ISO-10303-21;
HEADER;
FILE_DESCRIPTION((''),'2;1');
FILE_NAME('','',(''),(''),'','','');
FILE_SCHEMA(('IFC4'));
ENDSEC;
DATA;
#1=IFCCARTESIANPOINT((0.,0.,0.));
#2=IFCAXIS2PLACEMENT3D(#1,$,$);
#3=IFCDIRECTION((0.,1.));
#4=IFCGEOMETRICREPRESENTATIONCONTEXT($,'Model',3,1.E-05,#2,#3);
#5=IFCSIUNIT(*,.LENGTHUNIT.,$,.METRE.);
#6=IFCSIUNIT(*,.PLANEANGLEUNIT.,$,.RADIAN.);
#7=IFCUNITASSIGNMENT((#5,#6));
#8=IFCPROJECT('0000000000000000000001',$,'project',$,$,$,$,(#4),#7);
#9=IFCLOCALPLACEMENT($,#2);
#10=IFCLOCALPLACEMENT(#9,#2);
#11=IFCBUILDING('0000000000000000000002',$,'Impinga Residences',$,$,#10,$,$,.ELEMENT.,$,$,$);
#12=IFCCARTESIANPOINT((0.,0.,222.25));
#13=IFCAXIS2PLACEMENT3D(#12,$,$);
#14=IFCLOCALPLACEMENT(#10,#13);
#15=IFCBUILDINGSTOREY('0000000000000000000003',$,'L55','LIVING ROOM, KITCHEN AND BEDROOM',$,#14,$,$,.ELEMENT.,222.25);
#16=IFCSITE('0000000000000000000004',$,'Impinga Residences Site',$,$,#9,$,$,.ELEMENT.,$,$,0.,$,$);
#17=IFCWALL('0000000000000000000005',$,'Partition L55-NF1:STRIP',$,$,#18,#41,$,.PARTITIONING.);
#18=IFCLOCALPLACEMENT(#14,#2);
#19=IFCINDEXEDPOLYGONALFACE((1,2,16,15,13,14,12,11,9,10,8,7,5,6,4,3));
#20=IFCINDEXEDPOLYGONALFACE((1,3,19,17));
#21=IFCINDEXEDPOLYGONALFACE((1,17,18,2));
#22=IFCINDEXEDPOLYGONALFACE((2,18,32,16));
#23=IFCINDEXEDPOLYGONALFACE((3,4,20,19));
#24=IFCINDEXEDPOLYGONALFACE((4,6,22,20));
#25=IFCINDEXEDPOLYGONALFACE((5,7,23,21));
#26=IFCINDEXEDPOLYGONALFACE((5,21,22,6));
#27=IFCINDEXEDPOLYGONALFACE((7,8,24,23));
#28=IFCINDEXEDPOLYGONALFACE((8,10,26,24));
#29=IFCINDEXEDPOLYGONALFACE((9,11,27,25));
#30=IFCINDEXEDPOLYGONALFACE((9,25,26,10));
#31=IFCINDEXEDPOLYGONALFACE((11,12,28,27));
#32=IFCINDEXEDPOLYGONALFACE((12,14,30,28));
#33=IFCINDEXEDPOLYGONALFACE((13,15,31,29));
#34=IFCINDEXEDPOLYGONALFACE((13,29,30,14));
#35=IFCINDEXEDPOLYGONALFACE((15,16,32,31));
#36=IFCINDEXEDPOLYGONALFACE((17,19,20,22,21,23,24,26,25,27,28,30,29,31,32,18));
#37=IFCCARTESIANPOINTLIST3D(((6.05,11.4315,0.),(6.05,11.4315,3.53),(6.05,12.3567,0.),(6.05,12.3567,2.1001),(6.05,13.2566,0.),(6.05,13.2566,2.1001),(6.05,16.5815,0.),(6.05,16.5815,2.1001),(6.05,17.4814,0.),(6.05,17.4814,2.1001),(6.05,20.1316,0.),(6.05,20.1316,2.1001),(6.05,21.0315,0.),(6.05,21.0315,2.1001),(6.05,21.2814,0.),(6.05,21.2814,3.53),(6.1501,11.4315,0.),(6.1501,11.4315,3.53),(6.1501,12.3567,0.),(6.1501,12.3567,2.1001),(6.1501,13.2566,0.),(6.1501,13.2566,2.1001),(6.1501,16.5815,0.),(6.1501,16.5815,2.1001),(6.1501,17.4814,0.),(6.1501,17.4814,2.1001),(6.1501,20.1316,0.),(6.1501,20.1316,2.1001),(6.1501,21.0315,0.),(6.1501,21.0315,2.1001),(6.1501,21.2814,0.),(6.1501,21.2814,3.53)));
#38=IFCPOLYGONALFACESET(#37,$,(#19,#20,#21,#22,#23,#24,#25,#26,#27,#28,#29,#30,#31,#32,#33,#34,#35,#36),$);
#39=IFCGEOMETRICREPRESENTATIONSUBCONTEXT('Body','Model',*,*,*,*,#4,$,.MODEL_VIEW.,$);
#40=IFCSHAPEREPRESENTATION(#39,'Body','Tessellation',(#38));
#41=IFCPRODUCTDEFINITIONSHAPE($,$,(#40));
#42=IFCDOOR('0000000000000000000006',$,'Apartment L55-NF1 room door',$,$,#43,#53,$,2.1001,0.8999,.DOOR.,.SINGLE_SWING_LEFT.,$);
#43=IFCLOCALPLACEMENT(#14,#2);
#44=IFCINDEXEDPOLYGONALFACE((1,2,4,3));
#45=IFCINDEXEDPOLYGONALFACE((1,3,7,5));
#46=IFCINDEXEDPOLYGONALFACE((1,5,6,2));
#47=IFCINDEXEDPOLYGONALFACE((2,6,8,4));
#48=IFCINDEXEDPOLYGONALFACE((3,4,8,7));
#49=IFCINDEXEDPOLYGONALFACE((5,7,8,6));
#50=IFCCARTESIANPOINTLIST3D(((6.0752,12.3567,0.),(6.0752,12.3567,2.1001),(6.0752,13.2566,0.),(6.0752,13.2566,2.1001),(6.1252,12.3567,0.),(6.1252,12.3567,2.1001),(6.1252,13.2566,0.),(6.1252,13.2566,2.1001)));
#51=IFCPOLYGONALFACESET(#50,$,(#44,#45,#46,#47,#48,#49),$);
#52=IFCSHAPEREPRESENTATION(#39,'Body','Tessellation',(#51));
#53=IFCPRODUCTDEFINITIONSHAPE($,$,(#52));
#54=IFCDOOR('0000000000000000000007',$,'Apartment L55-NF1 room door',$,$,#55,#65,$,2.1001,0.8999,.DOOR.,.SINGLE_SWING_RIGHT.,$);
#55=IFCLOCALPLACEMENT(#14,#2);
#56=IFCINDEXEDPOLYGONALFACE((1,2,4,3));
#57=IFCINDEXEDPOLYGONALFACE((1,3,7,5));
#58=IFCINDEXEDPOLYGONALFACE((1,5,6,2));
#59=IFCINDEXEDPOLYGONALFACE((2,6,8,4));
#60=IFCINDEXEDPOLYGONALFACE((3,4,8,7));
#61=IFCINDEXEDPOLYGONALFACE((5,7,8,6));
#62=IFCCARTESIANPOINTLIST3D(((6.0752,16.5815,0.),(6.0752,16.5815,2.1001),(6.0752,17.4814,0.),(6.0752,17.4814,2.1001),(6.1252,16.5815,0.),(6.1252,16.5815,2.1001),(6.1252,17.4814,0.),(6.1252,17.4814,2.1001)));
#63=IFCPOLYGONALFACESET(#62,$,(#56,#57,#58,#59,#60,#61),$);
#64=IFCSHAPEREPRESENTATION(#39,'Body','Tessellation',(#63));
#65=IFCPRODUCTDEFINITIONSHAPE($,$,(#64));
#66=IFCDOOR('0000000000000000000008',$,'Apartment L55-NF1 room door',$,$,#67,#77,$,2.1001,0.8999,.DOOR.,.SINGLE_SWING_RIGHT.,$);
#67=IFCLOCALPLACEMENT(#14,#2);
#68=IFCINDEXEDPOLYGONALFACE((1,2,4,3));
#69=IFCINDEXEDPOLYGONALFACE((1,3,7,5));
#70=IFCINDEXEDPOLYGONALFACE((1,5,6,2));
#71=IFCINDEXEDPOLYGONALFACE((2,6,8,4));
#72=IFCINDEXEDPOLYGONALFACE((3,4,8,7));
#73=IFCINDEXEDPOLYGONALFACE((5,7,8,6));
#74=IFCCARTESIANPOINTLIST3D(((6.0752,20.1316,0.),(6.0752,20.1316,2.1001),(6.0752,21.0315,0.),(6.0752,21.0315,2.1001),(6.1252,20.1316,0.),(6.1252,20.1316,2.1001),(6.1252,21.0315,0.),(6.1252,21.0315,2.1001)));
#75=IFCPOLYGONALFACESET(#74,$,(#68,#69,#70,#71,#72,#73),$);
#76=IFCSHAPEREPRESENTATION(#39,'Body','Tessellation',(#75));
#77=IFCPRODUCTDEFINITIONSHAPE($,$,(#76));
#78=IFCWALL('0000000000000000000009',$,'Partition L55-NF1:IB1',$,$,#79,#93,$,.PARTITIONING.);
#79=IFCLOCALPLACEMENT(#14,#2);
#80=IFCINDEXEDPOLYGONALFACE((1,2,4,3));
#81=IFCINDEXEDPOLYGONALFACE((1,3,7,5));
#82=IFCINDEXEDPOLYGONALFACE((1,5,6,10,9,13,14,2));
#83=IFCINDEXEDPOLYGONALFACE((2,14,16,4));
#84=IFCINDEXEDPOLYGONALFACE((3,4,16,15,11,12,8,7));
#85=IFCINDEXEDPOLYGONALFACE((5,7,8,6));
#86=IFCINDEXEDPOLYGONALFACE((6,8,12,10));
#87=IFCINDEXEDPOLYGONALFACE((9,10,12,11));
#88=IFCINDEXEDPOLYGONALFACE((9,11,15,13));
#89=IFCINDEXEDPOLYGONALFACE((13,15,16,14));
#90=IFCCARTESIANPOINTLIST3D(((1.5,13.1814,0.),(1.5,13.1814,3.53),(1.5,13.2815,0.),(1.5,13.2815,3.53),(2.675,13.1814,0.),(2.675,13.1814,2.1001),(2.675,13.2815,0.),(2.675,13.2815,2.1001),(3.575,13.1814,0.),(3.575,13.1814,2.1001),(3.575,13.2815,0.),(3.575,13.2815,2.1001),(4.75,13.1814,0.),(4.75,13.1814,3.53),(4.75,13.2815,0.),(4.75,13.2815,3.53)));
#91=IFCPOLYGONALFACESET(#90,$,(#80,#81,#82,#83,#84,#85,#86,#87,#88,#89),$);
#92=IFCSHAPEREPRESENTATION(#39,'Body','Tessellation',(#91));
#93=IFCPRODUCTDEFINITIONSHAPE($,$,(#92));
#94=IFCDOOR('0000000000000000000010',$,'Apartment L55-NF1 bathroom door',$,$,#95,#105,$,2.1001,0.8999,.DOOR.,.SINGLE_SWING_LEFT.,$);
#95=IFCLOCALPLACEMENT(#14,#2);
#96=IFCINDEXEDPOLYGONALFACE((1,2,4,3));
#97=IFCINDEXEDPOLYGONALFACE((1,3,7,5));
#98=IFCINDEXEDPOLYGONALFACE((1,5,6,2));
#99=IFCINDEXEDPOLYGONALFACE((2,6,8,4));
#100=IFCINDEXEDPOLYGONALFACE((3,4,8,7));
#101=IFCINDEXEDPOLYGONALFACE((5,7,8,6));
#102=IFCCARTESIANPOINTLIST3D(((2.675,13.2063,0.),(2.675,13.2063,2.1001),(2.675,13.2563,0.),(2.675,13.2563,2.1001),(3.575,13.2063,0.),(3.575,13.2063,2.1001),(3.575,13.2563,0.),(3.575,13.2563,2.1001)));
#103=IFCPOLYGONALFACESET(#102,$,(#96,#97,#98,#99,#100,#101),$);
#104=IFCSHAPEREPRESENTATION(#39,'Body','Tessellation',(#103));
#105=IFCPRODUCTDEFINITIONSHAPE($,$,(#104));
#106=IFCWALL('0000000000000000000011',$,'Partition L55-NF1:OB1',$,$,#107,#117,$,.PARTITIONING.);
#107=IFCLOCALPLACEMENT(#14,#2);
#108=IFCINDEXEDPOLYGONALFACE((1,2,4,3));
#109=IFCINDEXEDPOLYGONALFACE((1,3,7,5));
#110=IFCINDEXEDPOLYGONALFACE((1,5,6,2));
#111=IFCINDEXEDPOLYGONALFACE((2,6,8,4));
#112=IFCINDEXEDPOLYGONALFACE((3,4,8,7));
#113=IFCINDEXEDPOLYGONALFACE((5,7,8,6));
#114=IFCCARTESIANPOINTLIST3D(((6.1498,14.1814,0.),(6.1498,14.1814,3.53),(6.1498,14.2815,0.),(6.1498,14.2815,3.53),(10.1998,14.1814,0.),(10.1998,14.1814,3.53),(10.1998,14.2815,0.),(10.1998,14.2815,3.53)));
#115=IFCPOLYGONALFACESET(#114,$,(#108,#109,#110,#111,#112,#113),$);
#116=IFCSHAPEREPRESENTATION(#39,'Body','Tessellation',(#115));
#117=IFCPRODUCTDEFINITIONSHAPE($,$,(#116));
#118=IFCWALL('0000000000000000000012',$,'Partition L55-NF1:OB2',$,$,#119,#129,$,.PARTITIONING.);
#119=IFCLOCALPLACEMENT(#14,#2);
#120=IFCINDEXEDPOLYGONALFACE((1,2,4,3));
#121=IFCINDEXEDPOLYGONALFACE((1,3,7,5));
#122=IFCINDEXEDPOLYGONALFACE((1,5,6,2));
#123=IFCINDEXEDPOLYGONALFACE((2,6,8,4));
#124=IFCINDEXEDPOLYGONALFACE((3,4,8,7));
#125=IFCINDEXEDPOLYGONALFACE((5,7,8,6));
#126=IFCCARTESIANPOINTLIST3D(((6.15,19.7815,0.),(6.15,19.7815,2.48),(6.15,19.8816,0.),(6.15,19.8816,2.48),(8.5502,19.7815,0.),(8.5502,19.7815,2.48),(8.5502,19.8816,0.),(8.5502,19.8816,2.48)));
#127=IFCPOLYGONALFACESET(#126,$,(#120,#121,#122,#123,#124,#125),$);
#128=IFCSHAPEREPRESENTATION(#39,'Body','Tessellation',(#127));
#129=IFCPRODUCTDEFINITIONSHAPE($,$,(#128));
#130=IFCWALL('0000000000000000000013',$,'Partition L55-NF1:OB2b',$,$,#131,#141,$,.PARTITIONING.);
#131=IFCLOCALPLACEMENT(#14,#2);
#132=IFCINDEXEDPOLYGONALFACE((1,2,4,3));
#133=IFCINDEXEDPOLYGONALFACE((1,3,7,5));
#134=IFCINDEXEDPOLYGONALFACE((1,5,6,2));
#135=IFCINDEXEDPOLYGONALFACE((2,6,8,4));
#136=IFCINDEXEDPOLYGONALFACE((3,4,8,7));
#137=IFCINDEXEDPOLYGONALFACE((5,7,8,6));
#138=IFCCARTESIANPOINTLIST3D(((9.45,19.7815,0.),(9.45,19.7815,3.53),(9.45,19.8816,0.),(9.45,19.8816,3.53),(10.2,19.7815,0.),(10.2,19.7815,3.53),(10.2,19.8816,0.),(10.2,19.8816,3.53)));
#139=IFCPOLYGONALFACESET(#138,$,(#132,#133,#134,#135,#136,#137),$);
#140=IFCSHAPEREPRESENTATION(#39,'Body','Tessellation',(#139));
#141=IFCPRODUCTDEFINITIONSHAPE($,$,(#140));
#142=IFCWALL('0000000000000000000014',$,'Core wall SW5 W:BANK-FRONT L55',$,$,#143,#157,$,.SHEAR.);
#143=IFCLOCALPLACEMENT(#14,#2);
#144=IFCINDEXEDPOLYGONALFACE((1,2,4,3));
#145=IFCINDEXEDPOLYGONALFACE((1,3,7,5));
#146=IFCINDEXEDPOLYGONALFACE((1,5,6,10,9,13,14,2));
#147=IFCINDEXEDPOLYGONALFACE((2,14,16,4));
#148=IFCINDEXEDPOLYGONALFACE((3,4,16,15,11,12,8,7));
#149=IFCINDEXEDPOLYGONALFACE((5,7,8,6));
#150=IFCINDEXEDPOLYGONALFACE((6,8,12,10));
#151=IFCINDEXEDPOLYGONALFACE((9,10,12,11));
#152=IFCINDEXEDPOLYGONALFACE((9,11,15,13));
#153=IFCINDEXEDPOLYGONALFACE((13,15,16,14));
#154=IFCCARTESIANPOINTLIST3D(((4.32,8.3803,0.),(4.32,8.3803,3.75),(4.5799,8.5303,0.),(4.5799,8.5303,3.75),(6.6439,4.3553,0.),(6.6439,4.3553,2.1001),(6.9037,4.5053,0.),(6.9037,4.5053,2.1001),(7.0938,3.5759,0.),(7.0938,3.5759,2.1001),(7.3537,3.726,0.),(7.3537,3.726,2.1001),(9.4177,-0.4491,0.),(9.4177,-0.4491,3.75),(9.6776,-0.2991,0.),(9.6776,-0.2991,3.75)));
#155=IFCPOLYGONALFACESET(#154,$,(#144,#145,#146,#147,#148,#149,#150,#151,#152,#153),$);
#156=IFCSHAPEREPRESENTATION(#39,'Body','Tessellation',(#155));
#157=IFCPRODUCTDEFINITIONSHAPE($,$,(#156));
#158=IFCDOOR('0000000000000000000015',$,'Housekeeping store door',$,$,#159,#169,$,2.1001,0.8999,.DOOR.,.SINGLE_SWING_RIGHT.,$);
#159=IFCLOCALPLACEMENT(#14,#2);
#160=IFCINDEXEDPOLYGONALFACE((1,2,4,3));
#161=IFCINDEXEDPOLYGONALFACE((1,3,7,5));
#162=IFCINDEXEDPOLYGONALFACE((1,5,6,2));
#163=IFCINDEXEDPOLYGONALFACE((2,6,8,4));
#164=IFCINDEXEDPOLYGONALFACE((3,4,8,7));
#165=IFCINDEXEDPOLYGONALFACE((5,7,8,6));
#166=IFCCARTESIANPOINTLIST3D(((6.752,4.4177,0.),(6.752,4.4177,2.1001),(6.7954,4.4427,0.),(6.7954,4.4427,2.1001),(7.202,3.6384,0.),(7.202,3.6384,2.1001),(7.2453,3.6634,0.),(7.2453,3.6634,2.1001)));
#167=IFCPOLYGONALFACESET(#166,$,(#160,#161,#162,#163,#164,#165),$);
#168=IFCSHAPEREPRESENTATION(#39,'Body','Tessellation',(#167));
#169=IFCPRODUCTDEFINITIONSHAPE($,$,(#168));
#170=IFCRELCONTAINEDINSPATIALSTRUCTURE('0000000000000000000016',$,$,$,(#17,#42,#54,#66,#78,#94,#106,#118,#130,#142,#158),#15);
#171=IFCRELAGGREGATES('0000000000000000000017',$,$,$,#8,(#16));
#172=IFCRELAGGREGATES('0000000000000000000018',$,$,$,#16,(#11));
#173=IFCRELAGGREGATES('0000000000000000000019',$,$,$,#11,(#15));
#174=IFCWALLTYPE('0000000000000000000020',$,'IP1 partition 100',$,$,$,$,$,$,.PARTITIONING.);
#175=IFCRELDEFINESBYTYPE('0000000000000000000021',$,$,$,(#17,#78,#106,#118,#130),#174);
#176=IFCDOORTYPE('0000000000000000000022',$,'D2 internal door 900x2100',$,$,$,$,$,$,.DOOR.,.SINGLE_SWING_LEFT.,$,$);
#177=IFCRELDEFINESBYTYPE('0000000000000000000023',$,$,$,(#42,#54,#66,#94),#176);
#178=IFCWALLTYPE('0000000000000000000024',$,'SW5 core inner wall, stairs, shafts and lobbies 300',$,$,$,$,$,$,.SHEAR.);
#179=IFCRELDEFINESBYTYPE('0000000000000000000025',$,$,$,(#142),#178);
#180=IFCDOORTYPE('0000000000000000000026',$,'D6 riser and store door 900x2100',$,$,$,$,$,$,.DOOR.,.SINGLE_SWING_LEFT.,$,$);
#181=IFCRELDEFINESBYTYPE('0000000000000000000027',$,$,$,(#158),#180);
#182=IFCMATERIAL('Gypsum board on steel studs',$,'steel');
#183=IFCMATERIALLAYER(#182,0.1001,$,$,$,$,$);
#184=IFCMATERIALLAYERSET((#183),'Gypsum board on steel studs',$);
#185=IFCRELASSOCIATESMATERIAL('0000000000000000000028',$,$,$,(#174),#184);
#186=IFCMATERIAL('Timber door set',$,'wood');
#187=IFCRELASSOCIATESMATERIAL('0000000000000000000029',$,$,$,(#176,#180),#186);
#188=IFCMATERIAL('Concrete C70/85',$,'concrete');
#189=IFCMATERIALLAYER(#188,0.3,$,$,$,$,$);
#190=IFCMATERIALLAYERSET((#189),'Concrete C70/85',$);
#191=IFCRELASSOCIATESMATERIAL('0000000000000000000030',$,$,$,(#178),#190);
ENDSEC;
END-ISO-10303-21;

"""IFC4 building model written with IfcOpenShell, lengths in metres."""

from ifc_helpers import new_model, si_unit, direction, frame, frame_2d, origin, place, context, subcontext, project, spatial, rectangle, extrude, material, layer, layer_set, type_object, element, fill, save


model = new_model("IFC4")

# Units and contexts
model_context = context("Model", 3, precision=1e-05, world=origin(), true_north=direction((0.0, 1.0)))
body_context = subcontext(model_context, "Body", "Model", "MODEL_VIEW")
ifc_project = project(units=[si_unit("LENGTHUNIT", "METRE"), si_unit("PLANEANGLEUNIT", "RADIAN")], contexts=[model_context])

# Site, building, storey
site_placement = place(None, origin())
site = spatial("IfcSite", under=ifc_project, at=site_placement, Name="Impinga Residences Site", CompositionType="ELEMENT", RefElevation=0.0)
building_placement = place(site_placement, origin())
building = spatial("IfcBuilding", under=site, at=building_placement, Name="Impinga Residences", CompositionType="ELEMENT")
storey_placement = place(building_placement, frame((0.0, 0.0, 222.25)))
storey = spatial("IfcBuildingStorey", under=building, at=storey_placement, Name="L55", Description="LIVING ROOM, KITCHEN AND BEDROOM", CompositionType="ELEMENT", Elevation=222.25)

# Shared definitions
ifc_material_1 = material(Name="Timber door set", Category="wood")

# Shared definitions
ifc_material_2 = material(Name="Gypsum board on steel studs", Category="steel")
ifc_layer_1 = layer(ifc_material_2, 0.1001)
ifc_layer_set_1 = layer_set([ifc_layer_1], Name="Gypsum board on steel studs")
wall_type_1 = type_object("IfcWallType", Name="IP1 partition 100", PredefinedType="PARTITIONING", material=ifc_layer_set_1)

# Wall, openings, doors
wall_1_placement = place(storey_placement, frame((6.1001, 11.4316, 0.0), z_axis=(0.0, 0.0, 1.0), x_axis=(0.0, 1.0, 0.0)))
wall_1 = element("IfcWall", 1, at=wall_1_placement, inside=storey, type_object=wall_type_1, Name="Partition L55-NF1:STRIP", PredefinedType="PARTITIONING", context=body_context, shape_type="SweptSolid", body=[
    extrude(rectangle(XDim=9.8499, YDim=0.1001, at=frame_2d((4.9248, 0.0))), origin(), (0.0, 0.0, 1.0), 3.53),
])
opening_1_placement = place(wall_1_placement, frame((0.925, 0.0, 0.0)))
opening_1 = element("IfcOpeningElement", 2, at=opening_1_placement, cuts=wall_1, PredefinedType="OPENING", context=body_context, shape_type="SweptSolid", body=[
    extrude(rectangle(XDim=0.8999, YDim=2.1001, at=frame_2d((0.45, 1.05))), frame((0.0, 0.0601, 0.0), z_axis=(0.0, -1.0, 0.0), x_axis=(1.0, 0.0, 0.0)), (0.0, 0.0, 1.0), 0.1201),
])
opening_2_placement = place(wall_1_placement, frame((5.1499, 0.0, 0.0)))
opening_2 = element("IfcOpeningElement", 3, at=opening_2_placement, cuts=wall_1, PredefinedType="OPENING", context=body_context, shape_type="SweptSolid", body=[
    extrude(rectangle(XDim=0.8999, YDim=2.1001, at=frame_2d((0.45, 1.05))), frame((0.0, 0.0601, 0.0), z_axis=(0.0, -1.0, 0.0), x_axis=(1.0, 0.0, 0.0)), (0.0, 0.0, 1.0), 0.1201),
])
opening_3_placement = place(wall_1_placement, frame((8.7, 0.0, 0.0)))
opening_3 = element("IfcOpeningElement", 4, at=opening_3_placement, cuts=wall_1, PredefinedType="OPENING", context=body_context, shape_type="SweptSolid", body=[
    extrude(rectangle(XDim=0.8999, YDim=2.1001, at=frame_2d((0.45, 1.05))), frame((0.0, 0.0601, 0.0), z_axis=(0.0, -1.0, 0.0), x_axis=(1.0, 0.0, 0.0)), (0.0, 0.0, 1.0), 0.1201),
])
door_type_1 = type_object("IfcDoorType", Name="D2 internal door 900x2100", OperationType="SINGLE_SWING_LEFT", PredefinedType="DOOR", material=ifc_material_1)
door_1_placement = place(opening_1_placement, origin())
door_1 = element("IfcDoor", 5, at=door_1_placement, inside=storey, type_object=door_type_1, Name="Apartment L55-NF1 room door", OperationType="SINGLE_SWING_LEFT", OverallHeight=2.1001, OverallWidth=0.8999, PredefinedType="DOOR", context=body_context, shape_type="SweptSolid", body=[
    extrude(rectangle(XDim=0.8999, YDim=2.1001, at=frame_2d((0.45, 1.05))), frame((0.0, 0.0249, 0.0), z_axis=(0.0, -1.0, 0.0), x_axis=(1.0, 0.0, 0.0)), (0.0, 0.0, 1.0), 0.05),
])
fill(opening_1, door_1)
door_2_placement = place(opening_2_placement, origin())
door_2 = element("IfcDoor", 6, at=door_2_placement, inside=storey, type_object=door_type_1, Name="Apartment L55-NF1 room door", OperationType="SINGLE_SWING_RIGHT", OverallHeight=2.1001, OverallWidth=0.8999, PredefinedType="DOOR", context=body_context, shape_type="SweptSolid", body=[
    extrude(rectangle(XDim=0.8999, YDim=2.1001, at=frame_2d((0.45, 1.05))), frame((0.0, 0.0249, 0.0), z_axis=(0.0, -1.0, 0.0), x_axis=(1.0, 0.0, 0.0)), (0.0, 0.0, 1.0), 0.05),
])
fill(opening_2, door_2)
door_3_placement = place(opening_3_placement, origin())
door_3 = element("IfcDoor", 7, at=door_3_placement, inside=storey, type_object=door_type_1, Name="Apartment L55-NF1 room door", OperationType="SINGLE_SWING_RIGHT", OverallHeight=2.1001, OverallWidth=0.8999, PredefinedType="DOOR", context=body_context, shape_type="SweptSolid", body=[
    extrude(rectangle(XDim=0.8999, YDim=2.1001, at=frame_2d((0.45, 1.05))), frame((0.0, 0.0249, 0.0), z_axis=(0.0, -1.0, 0.0), x_axis=(1.0, 0.0, 0.0)), (0.0, 0.0, 1.0), 0.05),
])
fill(opening_3, door_3)

# Wall, opening, door
wall_2_placement = place(storey_placement, frame((1.5, 13.2314, 0.0), z_axis=(0.0, 0.0, 1.0), x_axis=(1.0, 0.0, 0.0)))
wall_2 = element("IfcWall", 8, at=wall_2_placement, inside=storey, type_object=wall_type_1, Name="Partition L55-NF1:IB1", PredefinedType="PARTITIONING", context=body_context, shape_type="SweptSolid", body=[
    extrude(rectangle(XDim=3.25, YDim=0.1001, at=frame_2d((1.625, 0.0))), origin(), (0.0, 0.0, 1.0), 3.53),
])
opening_4_placement = place(wall_2_placement, frame((1.175, 0.0, 0.0)))
opening_4 = element("IfcOpeningElement", 9, at=opening_4_placement, cuts=wall_2, PredefinedType="OPENING", context=body_context, shape_type="SweptSolid", body=[
    extrude(rectangle(XDim=0.8999, YDim=2.1001, at=frame_2d((0.45, 1.05))), frame((0.0, 0.0601, 0.0), z_axis=(0.0, -1.0, 0.0), x_axis=(1.0, 0.0, 0.0)), (0.0, 0.0, 1.0), 0.1201),
])
door_4_placement = place(opening_4_placement, origin())
door_4 = element("IfcDoor", 10, at=door_4_placement, inside=storey, type_object=door_type_1, Name="Apartment L55-NF1 bathroom door", OperationType="SINGLE_SWING_LEFT", OverallHeight=2.1001, OverallWidth=0.8999, PredefinedType="DOOR", context=body_context, shape_type="SweptSolid", body=[
    extrude(rectangle(XDim=0.8999, YDim=2.1001, at=frame_2d((0.45, 1.05))), frame((0.0, 0.0249, 0.0), z_axis=(0.0, -1.0, 0.0), x_axis=(1.0, 0.0, 0.0)), (0.0, 0.0, 1.0), 0.05),
])
fill(opening_4, door_4)

# Walls
wall_3_placement = place(storey_placement, frame((6.1499, 14.2314, 0.0), z_axis=(0.0, 0.0, 1.0), x_axis=(1.0, 0.0, 0.0)))
element("IfcWall", 11, at=wall_3_placement, inside=storey, type_object=wall_type_1, Name="Partition L55-NF1:OB1", PredefinedType="PARTITIONING", context=body_context, shape_type="SweptSolid", body=[
    extrude(rectangle(XDim=4.05, YDim=0.1001, at=frame_2d((2.0249, 0.0))), origin(), (0.0, 0.0, 1.0), 3.53),
])
wall_4_placement = place(storey_placement, frame((6.1499, 19.8315, 0.0), z_axis=(0.0, 0.0, 1.0), x_axis=(1.0, 0.0, 0.0)))
element("IfcWall", 12, at=wall_4_placement, inside=storey, type_object=wall_type_1, Name="Partition L55-NF1:OB2", PredefinedType="PARTITIONING", context=body_context, shape_type="SweptSolid", body=[
    extrude(rectangle(XDim=2.4001, YDim=0.1001, at=frame_2d((1.2002, 0.0))), origin(), (0.0, 0.0, 1.0), 2.48),
])
wall_5_placement = place(storey_placement, frame((9.45, 19.8315, 0.0), z_axis=(0.0, 0.0, 1.0), x_axis=(1.0, 0.0, 0.0)))
element("IfcWall", 13, at=wall_5_placement, inside=storey, type_object=wall_type_1, Name="Partition L55-NF1:OB2b", PredefinedType="PARTITIONING", context=body_context, shape_type="SweptSolid", body=[
    extrude(rectangle(XDim=0.75, YDim=0.1001, at=frame_2d((0.375, 0.0))), origin(), (0.0, 0.0, 1.0), 3.53),
])

# Wall, opening, door
ifc_material_3 = material(Name="Concrete C70/85", Category="concrete")
ifc_layer_2 = layer(ifc_material_3, 0.3)
ifc_layer_set_2 = layer_set([ifc_layer_2], Name="Concrete C70/85")
wall_type_2 = type_object("IfcWallType", Name="SW5 core inner wall, stairs, shafts and lobbies 300", PredefinedType="SHEAR", material=ifc_layer_set_2)
wall_6_placement = place(storey_placement, frame((4.45, 8.4553, 0.0), z_axis=(0.0, 0.0, 1.0), x_axis=(0.500002, -0.866024, 0.0)))
wall_6 = element("IfcWall", 14, at=wall_6_placement, inside=storey, type_object=wall_type_2, Name="Core wall SW5 W:BANK-FRONT L55", PredefinedType="SHEAR", context=body_context, shape_type="SweptSolid", body=[
    extrude(rectangle(XDim=10.1953, YDim=0.3, at=frame_2d((5.0977, 0.0))), origin(), (0.0, 0.0, 1.0), 3.75),
])
opening_5_placement = place(wall_6_placement, frame((4.6477, 0.0, 0.0)))
opening_5 = element("IfcOpeningElement", 15, at=opening_5_placement, cuts=wall_6, PredefinedType="OPENING", context=body_context, shape_type="SweptSolid", body=[
    extrude(rectangle(XDim=0.8999, YDim=2.1001, at=frame_2d((0.45, 1.05))), frame((0.0, 0.1599, 0.0), z_axis=(0.0, -1.0, 0.0), x_axis=(1.0, 0.0, 0.0)), (0.0, 0.0, 1.0), 0.3201),
])
door_type_2 = type_object("IfcDoorType", Name="D6 riser and store door 900x2100", OperationType="SINGLE_SWING_LEFT", PredefinedType="DOOR", material=ifc_material_1)
door_5_placement = place(opening_5_placement, origin())
door_5 = element("IfcDoor", 16, at=door_5_placement, inside=storey, type_object=door_type_2, Name="Housekeeping store door", OperationType="SINGLE_SWING_RIGHT", OverallHeight=2.1001, OverallWidth=0.8999, PredefinedType="DOOR", context=body_context, shape_type="SweptSolid", body=[
    extrude(rectangle(XDim=0.8999, YDim=2.1001, at=frame_2d((0.45, 1.05))), frame((0.0, 0.0249, 0.0), z_axis=(0.0, -1.0, 0.0), x_axis=(1.0, 0.0, 0.0)), (0.0, 0.0, 1.0), 0.05),
])
fill(opening_5, door_5)

save(model, "model.ifc")
